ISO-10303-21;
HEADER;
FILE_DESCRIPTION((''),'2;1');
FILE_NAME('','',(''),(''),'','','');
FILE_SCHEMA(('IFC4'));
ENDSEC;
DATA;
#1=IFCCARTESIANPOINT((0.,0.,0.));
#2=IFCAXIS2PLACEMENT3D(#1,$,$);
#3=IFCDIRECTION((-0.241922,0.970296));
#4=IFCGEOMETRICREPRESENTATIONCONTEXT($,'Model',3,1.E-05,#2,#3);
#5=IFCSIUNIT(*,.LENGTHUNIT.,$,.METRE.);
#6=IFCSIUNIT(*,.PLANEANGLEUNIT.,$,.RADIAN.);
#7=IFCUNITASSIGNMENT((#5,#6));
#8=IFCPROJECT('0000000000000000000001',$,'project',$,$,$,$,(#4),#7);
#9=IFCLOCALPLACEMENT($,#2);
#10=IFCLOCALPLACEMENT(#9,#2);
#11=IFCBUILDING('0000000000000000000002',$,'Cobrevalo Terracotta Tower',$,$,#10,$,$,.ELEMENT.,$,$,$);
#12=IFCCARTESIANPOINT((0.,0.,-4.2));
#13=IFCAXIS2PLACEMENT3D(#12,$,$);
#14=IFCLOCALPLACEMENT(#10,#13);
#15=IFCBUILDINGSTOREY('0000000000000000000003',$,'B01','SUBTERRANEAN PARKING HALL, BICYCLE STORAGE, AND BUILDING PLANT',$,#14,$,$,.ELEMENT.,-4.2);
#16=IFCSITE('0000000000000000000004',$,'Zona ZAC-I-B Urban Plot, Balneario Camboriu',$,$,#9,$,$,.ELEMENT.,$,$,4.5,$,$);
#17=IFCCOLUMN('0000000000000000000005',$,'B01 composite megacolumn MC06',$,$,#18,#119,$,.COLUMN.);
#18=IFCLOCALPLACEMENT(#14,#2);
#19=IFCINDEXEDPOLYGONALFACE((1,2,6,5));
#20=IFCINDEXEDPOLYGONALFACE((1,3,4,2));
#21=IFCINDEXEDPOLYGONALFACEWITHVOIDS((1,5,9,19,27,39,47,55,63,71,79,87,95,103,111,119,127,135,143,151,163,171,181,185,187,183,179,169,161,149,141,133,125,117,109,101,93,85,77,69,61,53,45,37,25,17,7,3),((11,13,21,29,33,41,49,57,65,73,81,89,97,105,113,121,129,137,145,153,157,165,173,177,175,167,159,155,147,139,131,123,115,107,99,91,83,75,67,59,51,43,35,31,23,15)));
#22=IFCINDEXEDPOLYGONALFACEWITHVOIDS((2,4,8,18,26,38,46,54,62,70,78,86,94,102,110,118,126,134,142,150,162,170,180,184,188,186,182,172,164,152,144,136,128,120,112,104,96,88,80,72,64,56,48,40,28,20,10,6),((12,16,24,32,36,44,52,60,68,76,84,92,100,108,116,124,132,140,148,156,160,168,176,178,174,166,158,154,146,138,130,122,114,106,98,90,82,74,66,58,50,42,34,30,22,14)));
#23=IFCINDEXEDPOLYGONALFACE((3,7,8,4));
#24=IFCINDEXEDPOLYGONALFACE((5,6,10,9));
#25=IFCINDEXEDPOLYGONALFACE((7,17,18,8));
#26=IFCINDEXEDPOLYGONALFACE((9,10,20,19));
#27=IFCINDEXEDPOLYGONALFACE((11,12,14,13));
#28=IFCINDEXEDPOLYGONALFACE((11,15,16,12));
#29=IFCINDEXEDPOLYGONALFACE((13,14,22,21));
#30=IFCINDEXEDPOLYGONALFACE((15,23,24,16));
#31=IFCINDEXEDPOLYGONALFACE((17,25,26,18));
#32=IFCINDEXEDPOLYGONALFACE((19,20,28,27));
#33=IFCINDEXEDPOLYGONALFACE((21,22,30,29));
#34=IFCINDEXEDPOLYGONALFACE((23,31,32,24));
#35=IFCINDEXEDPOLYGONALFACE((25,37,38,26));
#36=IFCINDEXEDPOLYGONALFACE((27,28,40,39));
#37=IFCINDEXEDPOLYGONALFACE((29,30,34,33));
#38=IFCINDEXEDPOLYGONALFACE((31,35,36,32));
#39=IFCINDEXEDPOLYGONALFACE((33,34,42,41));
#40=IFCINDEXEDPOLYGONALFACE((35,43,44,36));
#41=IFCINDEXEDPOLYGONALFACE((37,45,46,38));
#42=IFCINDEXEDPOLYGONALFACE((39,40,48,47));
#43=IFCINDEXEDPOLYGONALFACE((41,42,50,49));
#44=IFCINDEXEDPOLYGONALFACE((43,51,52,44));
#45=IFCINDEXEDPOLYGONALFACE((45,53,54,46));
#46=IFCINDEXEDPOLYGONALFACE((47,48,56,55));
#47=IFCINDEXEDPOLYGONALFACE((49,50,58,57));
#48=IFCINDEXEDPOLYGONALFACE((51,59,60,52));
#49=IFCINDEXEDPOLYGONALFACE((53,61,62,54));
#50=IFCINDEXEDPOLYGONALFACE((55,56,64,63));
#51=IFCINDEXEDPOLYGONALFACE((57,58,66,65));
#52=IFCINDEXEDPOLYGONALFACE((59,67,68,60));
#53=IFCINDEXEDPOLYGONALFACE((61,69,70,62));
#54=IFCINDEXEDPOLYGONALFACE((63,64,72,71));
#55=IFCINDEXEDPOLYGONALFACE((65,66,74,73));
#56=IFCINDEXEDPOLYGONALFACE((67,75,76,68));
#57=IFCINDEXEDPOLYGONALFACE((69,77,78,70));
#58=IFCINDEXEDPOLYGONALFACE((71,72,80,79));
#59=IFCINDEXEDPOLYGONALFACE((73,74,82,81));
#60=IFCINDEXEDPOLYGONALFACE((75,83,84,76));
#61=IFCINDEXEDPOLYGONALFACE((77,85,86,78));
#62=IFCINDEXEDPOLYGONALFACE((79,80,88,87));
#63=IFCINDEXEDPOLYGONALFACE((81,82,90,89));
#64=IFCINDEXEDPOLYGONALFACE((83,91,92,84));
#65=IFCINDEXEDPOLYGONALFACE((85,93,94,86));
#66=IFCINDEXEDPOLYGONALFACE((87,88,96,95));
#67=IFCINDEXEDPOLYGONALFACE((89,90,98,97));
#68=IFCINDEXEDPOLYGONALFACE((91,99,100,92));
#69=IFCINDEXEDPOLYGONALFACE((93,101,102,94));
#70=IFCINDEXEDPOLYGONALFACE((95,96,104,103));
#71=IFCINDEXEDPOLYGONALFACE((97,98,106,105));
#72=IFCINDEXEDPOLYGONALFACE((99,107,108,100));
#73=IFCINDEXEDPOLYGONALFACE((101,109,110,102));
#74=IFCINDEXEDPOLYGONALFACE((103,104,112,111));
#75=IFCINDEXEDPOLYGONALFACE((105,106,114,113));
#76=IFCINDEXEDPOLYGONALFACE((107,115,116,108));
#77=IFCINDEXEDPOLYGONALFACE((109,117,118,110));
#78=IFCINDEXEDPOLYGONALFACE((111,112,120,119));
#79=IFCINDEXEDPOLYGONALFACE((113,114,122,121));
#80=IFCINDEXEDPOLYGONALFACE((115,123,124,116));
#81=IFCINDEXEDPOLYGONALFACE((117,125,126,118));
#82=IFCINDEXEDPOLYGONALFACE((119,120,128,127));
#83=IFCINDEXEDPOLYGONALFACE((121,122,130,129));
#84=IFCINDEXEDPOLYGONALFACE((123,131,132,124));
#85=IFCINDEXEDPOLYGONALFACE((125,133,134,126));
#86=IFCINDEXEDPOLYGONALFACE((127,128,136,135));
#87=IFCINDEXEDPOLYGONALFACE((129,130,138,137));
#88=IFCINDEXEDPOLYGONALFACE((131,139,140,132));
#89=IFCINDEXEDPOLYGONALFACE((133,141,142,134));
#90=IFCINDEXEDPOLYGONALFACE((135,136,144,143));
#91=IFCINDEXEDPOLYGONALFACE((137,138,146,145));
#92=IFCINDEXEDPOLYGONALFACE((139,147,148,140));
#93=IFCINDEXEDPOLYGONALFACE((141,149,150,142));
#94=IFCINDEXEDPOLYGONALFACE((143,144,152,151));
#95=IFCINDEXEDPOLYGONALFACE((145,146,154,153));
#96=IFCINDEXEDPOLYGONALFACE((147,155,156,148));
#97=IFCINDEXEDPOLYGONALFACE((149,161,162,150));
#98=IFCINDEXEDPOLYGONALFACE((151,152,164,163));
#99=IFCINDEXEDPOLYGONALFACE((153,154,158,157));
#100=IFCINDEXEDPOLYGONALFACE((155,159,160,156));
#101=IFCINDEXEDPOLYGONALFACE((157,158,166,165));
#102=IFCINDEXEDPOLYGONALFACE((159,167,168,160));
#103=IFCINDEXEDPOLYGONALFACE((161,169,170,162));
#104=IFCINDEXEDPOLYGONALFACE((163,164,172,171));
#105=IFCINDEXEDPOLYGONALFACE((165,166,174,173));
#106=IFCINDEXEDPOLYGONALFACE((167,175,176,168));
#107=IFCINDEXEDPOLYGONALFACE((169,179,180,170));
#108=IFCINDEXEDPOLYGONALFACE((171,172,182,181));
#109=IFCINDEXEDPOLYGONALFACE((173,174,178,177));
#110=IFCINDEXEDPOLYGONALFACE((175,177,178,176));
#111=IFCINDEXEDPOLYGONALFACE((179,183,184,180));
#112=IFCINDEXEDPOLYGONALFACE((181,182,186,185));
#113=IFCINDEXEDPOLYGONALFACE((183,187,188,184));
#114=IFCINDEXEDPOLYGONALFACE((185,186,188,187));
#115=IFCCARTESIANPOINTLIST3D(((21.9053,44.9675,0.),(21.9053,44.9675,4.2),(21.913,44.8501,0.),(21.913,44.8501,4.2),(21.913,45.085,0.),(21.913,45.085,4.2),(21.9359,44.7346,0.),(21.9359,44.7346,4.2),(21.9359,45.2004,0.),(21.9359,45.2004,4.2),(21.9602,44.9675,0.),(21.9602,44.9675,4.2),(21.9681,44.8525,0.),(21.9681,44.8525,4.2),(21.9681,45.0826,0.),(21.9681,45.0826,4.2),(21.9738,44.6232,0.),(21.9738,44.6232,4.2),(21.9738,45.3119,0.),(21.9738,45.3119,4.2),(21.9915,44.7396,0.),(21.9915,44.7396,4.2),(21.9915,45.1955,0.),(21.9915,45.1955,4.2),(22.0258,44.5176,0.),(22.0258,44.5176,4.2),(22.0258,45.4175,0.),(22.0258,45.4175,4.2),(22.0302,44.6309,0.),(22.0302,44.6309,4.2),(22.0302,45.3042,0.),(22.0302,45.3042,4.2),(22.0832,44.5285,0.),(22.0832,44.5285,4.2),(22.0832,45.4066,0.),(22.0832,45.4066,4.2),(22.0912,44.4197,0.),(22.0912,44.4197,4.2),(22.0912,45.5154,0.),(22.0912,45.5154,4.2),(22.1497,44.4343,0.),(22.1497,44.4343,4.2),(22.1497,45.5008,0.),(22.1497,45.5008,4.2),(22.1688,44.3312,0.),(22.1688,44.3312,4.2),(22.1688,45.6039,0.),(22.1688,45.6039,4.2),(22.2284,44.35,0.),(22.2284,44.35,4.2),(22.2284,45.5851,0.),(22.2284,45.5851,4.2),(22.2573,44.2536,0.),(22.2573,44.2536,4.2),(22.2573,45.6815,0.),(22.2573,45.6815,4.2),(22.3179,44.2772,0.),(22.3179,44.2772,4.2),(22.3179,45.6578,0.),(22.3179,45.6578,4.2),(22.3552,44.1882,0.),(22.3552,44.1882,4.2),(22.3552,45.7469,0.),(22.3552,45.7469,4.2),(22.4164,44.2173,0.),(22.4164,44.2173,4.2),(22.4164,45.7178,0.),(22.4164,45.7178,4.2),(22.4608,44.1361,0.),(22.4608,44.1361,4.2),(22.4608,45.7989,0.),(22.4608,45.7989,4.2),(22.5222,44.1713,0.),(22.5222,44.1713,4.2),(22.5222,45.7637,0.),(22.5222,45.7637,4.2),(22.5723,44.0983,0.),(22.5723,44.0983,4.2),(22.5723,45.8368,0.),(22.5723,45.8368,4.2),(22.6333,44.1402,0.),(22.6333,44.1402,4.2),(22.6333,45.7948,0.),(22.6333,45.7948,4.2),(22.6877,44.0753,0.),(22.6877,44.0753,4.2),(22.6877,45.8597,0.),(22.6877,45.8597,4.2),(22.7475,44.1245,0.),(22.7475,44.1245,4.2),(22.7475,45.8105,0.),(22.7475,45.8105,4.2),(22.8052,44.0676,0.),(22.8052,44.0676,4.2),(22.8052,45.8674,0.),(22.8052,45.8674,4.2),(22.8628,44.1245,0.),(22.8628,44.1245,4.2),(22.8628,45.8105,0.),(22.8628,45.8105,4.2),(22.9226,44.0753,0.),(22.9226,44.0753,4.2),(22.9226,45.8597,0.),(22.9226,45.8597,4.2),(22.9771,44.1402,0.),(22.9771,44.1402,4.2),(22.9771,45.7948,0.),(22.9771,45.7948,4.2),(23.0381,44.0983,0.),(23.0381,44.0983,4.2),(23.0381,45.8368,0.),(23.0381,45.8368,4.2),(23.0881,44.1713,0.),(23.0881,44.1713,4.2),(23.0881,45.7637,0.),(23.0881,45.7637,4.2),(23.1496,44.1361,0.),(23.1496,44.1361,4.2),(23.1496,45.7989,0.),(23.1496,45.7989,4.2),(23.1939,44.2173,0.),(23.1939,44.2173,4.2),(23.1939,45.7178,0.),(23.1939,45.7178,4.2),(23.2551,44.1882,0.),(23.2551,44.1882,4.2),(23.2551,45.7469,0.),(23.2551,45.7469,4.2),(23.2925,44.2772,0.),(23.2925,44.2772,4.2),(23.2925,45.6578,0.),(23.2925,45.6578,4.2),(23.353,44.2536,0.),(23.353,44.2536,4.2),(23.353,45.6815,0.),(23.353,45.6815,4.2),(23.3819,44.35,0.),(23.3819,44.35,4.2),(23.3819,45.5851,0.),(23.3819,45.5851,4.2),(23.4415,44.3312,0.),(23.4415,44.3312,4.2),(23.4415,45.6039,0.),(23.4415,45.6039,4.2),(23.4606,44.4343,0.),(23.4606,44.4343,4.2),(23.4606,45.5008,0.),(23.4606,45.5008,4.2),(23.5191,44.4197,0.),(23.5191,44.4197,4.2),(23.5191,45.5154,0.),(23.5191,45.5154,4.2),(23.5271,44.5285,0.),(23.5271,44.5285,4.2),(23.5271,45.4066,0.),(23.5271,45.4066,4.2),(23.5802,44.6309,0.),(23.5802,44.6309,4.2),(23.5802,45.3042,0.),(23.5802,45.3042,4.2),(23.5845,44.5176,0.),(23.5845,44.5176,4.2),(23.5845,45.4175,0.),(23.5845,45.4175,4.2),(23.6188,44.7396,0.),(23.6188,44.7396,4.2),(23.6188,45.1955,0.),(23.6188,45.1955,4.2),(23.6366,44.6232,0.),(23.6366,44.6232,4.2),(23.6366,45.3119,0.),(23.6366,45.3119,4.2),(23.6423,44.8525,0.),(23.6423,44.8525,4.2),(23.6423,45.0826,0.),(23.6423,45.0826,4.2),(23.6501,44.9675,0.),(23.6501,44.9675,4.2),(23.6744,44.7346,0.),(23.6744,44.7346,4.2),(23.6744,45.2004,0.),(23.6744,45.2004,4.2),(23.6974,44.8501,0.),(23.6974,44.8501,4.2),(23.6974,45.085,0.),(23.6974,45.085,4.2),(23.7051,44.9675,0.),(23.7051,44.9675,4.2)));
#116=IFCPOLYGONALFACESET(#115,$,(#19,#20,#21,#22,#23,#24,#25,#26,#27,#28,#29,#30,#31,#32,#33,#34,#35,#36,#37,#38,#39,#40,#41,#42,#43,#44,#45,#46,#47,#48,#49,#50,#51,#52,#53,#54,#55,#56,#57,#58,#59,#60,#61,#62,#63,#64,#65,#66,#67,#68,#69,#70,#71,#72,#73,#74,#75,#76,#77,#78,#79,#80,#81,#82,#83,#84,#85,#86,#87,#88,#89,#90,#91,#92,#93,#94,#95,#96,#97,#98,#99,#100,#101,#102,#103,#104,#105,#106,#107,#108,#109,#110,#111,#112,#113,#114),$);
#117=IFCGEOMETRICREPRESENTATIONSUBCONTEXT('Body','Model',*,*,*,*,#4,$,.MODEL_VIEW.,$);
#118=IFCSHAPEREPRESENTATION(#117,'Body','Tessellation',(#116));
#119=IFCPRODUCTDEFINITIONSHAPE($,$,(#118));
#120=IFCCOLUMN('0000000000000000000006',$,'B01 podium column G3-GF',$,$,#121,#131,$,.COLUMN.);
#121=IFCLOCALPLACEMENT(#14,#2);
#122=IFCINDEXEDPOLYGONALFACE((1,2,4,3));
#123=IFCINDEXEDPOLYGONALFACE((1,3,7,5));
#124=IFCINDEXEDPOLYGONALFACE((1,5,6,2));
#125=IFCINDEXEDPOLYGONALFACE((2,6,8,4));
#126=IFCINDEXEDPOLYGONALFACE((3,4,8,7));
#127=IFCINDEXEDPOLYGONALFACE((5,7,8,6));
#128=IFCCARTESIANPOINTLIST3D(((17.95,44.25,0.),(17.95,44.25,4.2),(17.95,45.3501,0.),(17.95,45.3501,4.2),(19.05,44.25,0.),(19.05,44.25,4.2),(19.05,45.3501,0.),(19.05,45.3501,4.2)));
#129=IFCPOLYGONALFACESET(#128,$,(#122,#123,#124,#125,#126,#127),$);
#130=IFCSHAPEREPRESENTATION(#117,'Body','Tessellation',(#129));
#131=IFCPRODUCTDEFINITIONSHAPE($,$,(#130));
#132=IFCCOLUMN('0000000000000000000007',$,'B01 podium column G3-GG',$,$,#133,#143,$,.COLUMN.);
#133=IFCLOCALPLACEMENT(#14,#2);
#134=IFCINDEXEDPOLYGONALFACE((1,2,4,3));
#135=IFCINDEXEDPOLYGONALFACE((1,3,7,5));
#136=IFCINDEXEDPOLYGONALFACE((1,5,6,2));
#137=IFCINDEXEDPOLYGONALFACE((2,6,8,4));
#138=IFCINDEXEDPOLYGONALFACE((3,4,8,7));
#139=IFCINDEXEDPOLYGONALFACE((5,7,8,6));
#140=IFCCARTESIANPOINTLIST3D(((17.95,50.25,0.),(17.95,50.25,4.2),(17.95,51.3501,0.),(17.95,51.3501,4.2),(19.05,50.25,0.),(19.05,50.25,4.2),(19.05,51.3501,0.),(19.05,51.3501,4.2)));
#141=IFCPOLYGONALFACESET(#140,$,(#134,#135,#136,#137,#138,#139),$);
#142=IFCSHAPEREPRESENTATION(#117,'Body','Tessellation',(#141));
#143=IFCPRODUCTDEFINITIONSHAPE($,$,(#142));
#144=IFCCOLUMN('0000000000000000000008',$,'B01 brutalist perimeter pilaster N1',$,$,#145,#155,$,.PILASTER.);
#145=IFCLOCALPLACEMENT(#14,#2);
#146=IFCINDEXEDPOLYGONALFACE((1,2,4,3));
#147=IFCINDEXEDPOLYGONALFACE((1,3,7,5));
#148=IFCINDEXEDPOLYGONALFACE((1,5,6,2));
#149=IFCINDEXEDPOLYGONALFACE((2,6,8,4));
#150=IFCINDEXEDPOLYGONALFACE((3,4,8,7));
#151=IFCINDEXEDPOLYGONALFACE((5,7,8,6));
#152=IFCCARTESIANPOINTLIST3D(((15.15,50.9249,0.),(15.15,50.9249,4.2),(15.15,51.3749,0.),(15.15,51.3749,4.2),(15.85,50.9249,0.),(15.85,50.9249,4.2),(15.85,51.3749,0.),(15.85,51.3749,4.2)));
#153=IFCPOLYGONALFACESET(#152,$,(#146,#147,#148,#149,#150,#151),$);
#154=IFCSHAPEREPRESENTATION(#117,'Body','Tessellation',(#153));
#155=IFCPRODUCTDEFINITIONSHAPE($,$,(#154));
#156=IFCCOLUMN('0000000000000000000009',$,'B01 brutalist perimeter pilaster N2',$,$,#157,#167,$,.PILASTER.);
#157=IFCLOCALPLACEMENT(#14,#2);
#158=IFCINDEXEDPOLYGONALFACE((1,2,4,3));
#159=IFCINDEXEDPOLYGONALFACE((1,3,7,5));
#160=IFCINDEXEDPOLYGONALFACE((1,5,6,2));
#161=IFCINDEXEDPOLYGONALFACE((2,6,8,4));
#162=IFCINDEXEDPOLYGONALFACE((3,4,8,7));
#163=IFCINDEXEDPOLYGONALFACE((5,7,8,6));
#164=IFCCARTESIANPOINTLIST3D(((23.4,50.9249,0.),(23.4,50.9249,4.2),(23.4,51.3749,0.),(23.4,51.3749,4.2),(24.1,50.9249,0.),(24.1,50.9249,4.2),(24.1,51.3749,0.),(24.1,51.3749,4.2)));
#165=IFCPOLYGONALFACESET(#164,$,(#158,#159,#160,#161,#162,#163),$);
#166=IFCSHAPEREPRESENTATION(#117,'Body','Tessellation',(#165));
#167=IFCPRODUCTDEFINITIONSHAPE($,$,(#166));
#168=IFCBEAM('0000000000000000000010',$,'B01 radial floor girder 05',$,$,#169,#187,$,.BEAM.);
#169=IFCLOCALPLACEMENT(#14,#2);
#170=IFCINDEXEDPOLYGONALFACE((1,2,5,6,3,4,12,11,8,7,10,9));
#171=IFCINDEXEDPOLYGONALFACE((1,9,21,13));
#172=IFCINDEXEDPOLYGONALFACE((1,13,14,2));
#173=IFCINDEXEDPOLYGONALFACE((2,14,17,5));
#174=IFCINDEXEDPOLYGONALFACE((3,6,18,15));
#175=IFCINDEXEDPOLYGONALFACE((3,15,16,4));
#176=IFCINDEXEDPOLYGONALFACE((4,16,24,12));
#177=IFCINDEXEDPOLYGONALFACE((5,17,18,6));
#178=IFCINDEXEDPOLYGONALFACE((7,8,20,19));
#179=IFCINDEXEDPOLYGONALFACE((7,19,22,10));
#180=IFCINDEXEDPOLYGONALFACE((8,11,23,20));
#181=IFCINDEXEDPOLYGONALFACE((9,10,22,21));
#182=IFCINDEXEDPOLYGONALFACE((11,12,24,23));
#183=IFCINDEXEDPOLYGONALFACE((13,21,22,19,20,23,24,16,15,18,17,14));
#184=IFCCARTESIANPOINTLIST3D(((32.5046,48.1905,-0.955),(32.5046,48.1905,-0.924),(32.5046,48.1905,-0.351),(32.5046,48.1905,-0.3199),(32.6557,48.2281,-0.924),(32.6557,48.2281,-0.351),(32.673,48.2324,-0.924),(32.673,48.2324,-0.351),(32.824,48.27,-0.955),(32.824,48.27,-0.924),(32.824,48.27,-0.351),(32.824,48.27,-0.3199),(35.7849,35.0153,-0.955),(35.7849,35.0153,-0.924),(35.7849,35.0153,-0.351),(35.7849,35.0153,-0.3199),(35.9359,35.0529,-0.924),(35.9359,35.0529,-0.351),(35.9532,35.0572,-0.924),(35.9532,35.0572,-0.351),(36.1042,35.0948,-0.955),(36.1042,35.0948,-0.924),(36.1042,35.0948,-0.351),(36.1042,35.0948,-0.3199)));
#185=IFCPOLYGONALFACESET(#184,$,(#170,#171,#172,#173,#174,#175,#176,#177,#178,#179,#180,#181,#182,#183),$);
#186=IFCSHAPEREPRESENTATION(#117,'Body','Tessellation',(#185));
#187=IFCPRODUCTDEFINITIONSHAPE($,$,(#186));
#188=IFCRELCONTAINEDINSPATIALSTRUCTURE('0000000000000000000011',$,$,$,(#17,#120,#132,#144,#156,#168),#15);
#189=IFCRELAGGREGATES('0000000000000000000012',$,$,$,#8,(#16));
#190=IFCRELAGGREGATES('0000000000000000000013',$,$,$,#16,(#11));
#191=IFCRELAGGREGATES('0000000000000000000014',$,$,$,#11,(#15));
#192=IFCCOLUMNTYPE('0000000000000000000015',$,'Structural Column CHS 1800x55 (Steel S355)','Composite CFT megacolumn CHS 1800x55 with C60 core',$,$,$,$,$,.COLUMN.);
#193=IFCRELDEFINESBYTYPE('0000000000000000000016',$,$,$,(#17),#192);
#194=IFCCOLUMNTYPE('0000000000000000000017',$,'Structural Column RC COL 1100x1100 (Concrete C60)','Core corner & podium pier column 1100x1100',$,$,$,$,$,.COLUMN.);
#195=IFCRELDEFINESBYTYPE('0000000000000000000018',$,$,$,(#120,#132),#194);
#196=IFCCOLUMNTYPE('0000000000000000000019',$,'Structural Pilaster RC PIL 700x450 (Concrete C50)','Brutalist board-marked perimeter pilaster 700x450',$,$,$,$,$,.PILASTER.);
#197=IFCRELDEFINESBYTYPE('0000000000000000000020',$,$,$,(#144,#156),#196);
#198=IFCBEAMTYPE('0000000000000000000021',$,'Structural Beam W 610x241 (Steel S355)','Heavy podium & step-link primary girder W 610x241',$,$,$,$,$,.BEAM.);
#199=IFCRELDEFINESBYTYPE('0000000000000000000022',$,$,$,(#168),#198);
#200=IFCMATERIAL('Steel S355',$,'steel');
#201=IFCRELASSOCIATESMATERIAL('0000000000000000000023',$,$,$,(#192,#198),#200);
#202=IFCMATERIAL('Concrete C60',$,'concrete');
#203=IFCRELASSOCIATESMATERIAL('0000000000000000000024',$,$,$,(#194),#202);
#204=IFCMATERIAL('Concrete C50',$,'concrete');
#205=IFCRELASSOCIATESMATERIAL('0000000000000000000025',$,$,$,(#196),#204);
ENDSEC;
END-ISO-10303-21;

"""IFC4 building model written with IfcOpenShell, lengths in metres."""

from ifc_helpers import new_model, si_unit, direction, frame, origin, origin_2d, place, context, subcontext, project, spatial, rectangle, hollow_circle, i_section, extrude, material, material_profile, profile_set, type_object, element, save


model = new_model("IFC4")

# Units and contexts
model_context = context("Model", 3, precision=1e-05, world=origin(), true_north=direction((-0.241922, 0.970296)))
body_context = subcontext(model_context, "Body", "Model", "MODEL_VIEW")
ifc_project = project(units=[si_unit("LENGTHUNIT", "METRE"), si_unit("PLANEANGLEUNIT", "RADIAN")], contexts=[model_context])

# Site, building, storey
site_placement = place(None, origin())
site = spatial("IfcSite", under=ifc_project, at=site_placement, Name="Zona ZAC-I-B Urban Plot, Balneario Camboriu", CompositionType="ELEMENT", RefElevation=4.5)
building_placement = place(site_placement, origin())
building = spatial("IfcBuilding", under=site, at=building_placement, Name="Cobrevalo Terracotta Tower", CompositionType="ELEMENT")
storey_placement = place(building_placement, frame((0.0, 0.0, -4.2)))
storey = spatial("IfcBuildingStorey", under=building, at=storey_placement, Name="B01", Description="SUBTERRANEAN PARKING HALL, BICYCLE STORAGE, AND BUILDING PLANT", CompositionType="ELEMENT", Elevation=-4.2)

# Columns
ifc_material_1 = material(Name="Steel S355", Category="steel")
ifc_material_profile_1 = material_profile(ifc_material_1, hollow_circle(Radius=0.8999, WallThickness=0.0549, at=origin_2d()), Name="CHS 1800x55")
ifc_profile_set_1 = profile_set([ifc_material_profile_1], Name="Steel S355")
column_type_1 = type_object("IfcColumnType", Name="Structural Column CHS 1800x55 (Steel S355)", Description="Composite CFT megacolumn CHS 1800x55 with C60 core", PredefinedType="COLUMN", material=ifc_profile_set_1)
for number, where, z_axis, x_axis, name in (
    (1, (22.8052, 44.9675, 0.0), (0.0, 0.0, 1.0), (1.0, 0.0, 0.0), "B01 composite megacolumn MC06"),
):
    element("IfcColumn", number, at=place(storey_placement, frame(where, z_axis=z_axis, x_axis=x_axis)), inside=storey, type_object=column_type_1, Name=name, PredefinedType="COLUMN", context=body_context, shape_type="SweptSolid", body=[
        extrude(hollow_circle(Radius=0.8999, WallThickness=0.0549, at=origin_2d()), origin(), (0.0, 0.0, 1.0), 4.2),
    ])
ifc_material_2 = material(Name="Concrete C60", Category="concrete")
ifc_material_profile_2 = material_profile(ifc_material_2, rectangle(XDim=1.1001, YDim=1.1001, at=origin_2d()), Name="RC COL 1100x1100")
ifc_profile_set_2 = profile_set([ifc_material_profile_2], Name="Concrete C60")
column_type_2 = type_object("IfcColumnType", Name="Structural Column RC COL 1100x1100 (Concrete C60)", Description="Core corner & podium pier column 1100x1100", PredefinedType="COLUMN", material=ifc_profile_set_2)
for number, where, z_axis, x_axis, name in (
    (2, (18.5, 44.8, 0.0), (0.0, 0.0, 1.0), (1.0, 0.0, 0.0), "B01 podium column G3-GF"),
    (3, (18.5, 50.8, 0.0), (0.0, 0.0, 1.0), (1.0, 0.0, 0.0), "B01 podium column G3-GG"),
):
    element("IfcColumn", number, at=place(storey_placement, frame(where, z_axis=z_axis, x_axis=x_axis)), inside=storey, type_object=column_type_2, Name=name, PredefinedType="COLUMN", context=body_context, shape_type="SweptSolid", body=[
        extrude(rectangle(XDim=1.1001, YDim=1.1001, at=origin_2d()), origin(), (0.0, 0.0, 1.0), 4.2),
    ])
ifc_material_3 = material(Name="Concrete C50", Category="concrete")
ifc_material_profile_3 = material_profile(ifc_material_3, rectangle(XDim=0.7, YDim=0.45, at=origin_2d()), Name="RC PIL 700x450")
ifc_profile_set_3 = profile_set([ifc_material_profile_3], Name="Concrete C50")
column_type_3 = type_object("IfcColumnType", Name="Structural Pilaster RC PIL 700x450 (Concrete C50)", Description="Brutalist board-marked perimeter pilaster 700x450", PredefinedType="PILASTER", material=ifc_profile_set_3)
for number, where, z_axis, x_axis, name in (
    (4, (15.5, 51.1499, 0.0), (0.0, 0.0, 1.0), (1.0, 0.0, 0.0), "B01 brutalist perimeter pilaster N1"),
    (5, (23.75, 51.1499, 0.0), (0.0, 0.0, 1.0), (1.0, 0.0, 0.0), "B01 brutalist perimeter pilaster N2"),
):
    element("IfcColumn", number, at=place(storey_placement, frame(where, z_axis=z_axis, x_axis=x_axis)), inside=storey, type_object=column_type_3, Name=name, PredefinedType="PILASTER", context=body_context, shape_type="SweptSolid", body=[
        extrude(rectangle(XDim=0.7, YDim=0.45, at=origin_2d()), origin(), (0.0, 0.0, 1.0), 4.2),
    ])

# Beam
ifc_material_profile_4 = material_profile(ifc_material_1, i_section(OverallWidth=0.3291, OverallDepth=0.635, WebThickness=0.0178, FlangeThickness=0.031, at=origin_2d()), Name="W 610x241")
ifc_profile_set_4 = profile_set([ifc_material_profile_4], Name="Steel S355")
beam_type_1 = type_object("IfcBeamType", Name="Structural Beam W 610x241 (Steel S355)", Description="Heavy podium & step-link primary girder W 610x241", PredefinedType="BEAM", material=ifc_profile_set_4)
beam_1_placement = place(storey_placement, frame((32.6643, 48.2302, -0.6375), z_axis=(0.241596, -0.970377, 0.0), x_axis=(0.970377, 0.241596, 0.0)))
element("IfcBeam", 6, at=beam_1_placement, inside=storey, type_object=beam_type_1, Name="B01 radial floor girder 05", PredefinedType="BEAM", context=body_context, shape_type="SweptSolid", body=[
    extrude(i_section(OverallWidth=0.3291, OverallDepth=0.635, WebThickness=0.0178, FlangeThickness=0.031, at=origin_2d()), origin(), (0.0, 0.0, 1.0), 13.5774),
])

save(model, "model.ifc")
